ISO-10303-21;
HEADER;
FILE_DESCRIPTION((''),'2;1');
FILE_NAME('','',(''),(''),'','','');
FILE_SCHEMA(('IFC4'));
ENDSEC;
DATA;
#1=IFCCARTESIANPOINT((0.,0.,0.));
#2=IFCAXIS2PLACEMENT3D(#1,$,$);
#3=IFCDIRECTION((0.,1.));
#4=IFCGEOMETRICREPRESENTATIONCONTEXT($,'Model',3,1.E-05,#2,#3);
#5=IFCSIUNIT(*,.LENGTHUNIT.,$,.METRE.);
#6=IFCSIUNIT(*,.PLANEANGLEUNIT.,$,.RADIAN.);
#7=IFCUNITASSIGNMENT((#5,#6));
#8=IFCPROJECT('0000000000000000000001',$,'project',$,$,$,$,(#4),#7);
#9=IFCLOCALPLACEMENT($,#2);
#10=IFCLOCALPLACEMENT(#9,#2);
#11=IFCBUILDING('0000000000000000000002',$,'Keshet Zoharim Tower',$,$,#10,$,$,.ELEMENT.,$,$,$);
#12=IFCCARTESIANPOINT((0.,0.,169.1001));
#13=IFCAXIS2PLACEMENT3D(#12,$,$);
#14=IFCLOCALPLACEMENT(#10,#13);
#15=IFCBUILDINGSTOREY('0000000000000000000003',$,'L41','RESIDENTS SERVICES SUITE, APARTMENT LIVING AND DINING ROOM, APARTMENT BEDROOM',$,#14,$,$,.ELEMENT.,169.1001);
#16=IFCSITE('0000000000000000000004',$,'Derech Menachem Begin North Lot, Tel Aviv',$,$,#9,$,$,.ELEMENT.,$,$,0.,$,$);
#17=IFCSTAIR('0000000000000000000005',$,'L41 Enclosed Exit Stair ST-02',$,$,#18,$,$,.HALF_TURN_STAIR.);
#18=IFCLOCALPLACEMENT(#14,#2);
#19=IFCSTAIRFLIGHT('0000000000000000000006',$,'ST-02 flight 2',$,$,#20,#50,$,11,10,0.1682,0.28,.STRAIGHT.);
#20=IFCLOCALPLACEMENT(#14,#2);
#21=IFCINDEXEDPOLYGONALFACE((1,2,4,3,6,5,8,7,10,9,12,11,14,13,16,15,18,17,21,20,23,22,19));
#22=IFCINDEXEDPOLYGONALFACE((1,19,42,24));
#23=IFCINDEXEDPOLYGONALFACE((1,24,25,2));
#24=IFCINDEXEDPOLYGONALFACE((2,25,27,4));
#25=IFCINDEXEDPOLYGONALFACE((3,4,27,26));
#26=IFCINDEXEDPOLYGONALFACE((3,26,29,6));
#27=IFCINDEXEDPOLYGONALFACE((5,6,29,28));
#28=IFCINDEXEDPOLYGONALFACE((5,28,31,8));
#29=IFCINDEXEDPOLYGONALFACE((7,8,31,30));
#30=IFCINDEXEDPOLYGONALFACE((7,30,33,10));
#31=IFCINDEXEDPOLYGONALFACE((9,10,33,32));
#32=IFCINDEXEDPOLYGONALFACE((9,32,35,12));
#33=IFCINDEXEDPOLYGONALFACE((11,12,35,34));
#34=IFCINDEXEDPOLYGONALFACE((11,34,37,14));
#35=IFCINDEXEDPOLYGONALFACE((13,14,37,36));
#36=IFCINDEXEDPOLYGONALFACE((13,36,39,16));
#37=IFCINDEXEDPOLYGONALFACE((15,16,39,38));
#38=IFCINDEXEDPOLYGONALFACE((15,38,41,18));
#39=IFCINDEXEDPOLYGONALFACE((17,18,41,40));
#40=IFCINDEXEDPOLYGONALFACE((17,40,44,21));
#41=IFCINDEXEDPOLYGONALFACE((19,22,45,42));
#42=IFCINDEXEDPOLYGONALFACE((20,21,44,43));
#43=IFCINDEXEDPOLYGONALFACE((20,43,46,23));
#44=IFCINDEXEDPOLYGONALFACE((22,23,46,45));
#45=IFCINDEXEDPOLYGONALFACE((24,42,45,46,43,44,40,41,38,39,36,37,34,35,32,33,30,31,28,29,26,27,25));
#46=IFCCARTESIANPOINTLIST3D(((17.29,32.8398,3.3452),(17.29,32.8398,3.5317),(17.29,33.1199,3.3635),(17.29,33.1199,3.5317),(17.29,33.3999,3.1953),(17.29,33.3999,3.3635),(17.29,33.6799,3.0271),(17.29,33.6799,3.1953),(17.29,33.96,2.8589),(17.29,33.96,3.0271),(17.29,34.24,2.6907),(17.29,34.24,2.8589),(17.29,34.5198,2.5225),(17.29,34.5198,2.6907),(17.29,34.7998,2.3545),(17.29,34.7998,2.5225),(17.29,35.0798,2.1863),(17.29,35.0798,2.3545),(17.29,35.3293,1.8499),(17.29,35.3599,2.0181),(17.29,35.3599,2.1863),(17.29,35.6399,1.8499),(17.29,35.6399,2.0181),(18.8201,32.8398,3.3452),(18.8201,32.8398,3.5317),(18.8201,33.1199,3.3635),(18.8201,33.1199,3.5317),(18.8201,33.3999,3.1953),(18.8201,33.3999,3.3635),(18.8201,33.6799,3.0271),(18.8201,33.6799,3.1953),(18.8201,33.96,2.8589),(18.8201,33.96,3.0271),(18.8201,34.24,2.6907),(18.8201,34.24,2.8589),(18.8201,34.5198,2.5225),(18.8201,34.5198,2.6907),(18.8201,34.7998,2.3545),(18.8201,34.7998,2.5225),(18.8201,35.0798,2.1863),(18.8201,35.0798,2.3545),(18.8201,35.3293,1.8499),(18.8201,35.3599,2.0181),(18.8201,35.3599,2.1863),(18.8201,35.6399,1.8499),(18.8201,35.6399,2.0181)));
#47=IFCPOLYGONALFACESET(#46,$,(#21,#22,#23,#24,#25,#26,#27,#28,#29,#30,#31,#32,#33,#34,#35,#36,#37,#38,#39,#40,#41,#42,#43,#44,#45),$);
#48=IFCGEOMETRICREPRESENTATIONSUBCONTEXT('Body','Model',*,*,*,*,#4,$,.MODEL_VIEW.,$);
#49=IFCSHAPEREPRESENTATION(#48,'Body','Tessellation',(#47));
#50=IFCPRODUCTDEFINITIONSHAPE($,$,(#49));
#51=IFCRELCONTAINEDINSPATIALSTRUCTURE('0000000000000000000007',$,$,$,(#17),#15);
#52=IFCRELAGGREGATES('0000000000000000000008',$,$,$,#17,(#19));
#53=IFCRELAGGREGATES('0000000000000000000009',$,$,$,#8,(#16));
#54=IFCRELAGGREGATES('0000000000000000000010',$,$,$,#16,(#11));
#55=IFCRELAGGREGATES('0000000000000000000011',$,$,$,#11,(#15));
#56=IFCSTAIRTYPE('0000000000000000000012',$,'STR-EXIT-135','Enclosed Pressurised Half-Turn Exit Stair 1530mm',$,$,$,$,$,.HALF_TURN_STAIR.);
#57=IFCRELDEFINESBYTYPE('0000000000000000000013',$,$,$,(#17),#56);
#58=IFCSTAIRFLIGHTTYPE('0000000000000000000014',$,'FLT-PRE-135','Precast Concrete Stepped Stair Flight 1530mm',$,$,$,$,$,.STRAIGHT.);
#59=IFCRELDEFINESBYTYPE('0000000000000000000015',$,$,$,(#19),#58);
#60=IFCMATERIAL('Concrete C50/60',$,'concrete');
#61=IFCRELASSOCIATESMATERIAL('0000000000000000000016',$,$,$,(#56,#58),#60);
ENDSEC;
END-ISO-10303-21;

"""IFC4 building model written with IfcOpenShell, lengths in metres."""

from ifc_helpers import new_model, si_unit, direction, frame, origin, place, context, subcontext, project, spatial, polyline, outline, extrude, material, type_object, element, aggregate, save


model = new_model("IFC4")

# Units and contexts
model_context = context("Model", 3, precision=1e-05, world=origin(), true_north=direction((0.0, 1.0)))
body_context = subcontext(model_context, "Body", "Model", "MODEL_VIEW")
ifc_project = project(units=[si_unit("LENGTHUNIT", "METRE"), si_unit("PLANEANGLEUNIT", "RADIAN")], contexts=[model_context])

# Site, building, storey
site_placement = place(None, origin())
site = spatial("IfcSite", under=ifc_project, at=site_placement, Name="Derech Menachem Begin North Lot, Tel Aviv", CompositionType="ELEMENT", RefElevation=0.0)
building_placement = place(site_placement, origin())
building = spatial("IfcBuilding", under=site, at=building_placement, Name="Keshet Zoharim Tower", CompositionType="ELEMENT")
storey_placement = place(building_placement, frame((0.0, 0.0, 169.1001)))
storey = spatial("IfcBuildingStorey", under=building, at=storey_placement, Name="L41", Description="RESIDENTS SERVICES SUITE, APARTMENT LIVING AND DINING ROOM, APARTMENT BEDROOM", CompositionType="ELEMENT", Elevation=169.1001)

# Shared definitions
ifc_material_1 = material(Name="Concrete C50/60", Category="concrete")

# Stair, stair flight
stair_type = type_object("IfcStairType", Name="STR-EXIT-135", Description="Enclosed Pressurised Half-Turn Exit Stair 1530mm", PredefinedType="HALF_TURN_STAIR", material=ifc_material_1)
stair_placement = place(storey_placement, origin())
stair = element("IfcStair", 1, at=stair_placement, inside=storey, type_object=stair_type, Name="L41 Enclosed Exit Stair ST-02", PredefinedType="HALF_TURN_STAIR")
stair_flight_type = type_object("IfcStairFlightType", Name="FLT-PRE-135", Description="Precast Concrete Stepped Stair Flight 1530mm", PredefinedType="STRAIGHT", material=ifc_material_1)
stair_flight_placement = place(storey_placement, frame((18.0549, 35.6399, 1.8499), z_axis=(0.0, 0.0, 1.0), x_axis=(0.0, -1.0, 0.0)))
stair_flight = element("IfcStairFlight", 2, at=stair_flight_placement, type_object=stair_flight_type, Name="ST-02 flight 2", NumberOfRisers=11, NumberOfTreads=10, PredefinedType="STRAIGHT", RiserHeight=0.1682, TreadLength=0.28, context=body_context, shape_type="SweptSolid", body=[
    extrude(outline(polyline([(0.0, 0.0), (0.0, 0.1682), (0.28, 0.1682), (0.28, 0.3364), (0.5601, 0.3364), (0.5601, 0.5046), (0.8401, 0.5046), (0.8401, 0.6726), (1.1201, 0.6726), (1.1201, 0.8408), (1.3999, 0.8408), (1.3999, 1.009), (1.6799, 1.009), (1.6799, 1.1772), (1.96, 1.1772), (1.96, 1.3455), (2.24, 1.3455), (2.24, 1.5137), (2.52, 1.5137), (2.52, 1.6819), (2.8, 1.6819), (2.8, 1.8501), (2.8, 1.4954), (0.3105, 0.0), (0.0, 0.0)])), frame((0.0, 0.7651, 0.0), z_axis=(0.0, -1.0, 0.0), x_axis=(1.0, 0.0, 0.0)), (0.0, 0.0, 1.0), 1.53),
])
aggregate(stair, [stair_flight])

save(model, "model.ifc")
